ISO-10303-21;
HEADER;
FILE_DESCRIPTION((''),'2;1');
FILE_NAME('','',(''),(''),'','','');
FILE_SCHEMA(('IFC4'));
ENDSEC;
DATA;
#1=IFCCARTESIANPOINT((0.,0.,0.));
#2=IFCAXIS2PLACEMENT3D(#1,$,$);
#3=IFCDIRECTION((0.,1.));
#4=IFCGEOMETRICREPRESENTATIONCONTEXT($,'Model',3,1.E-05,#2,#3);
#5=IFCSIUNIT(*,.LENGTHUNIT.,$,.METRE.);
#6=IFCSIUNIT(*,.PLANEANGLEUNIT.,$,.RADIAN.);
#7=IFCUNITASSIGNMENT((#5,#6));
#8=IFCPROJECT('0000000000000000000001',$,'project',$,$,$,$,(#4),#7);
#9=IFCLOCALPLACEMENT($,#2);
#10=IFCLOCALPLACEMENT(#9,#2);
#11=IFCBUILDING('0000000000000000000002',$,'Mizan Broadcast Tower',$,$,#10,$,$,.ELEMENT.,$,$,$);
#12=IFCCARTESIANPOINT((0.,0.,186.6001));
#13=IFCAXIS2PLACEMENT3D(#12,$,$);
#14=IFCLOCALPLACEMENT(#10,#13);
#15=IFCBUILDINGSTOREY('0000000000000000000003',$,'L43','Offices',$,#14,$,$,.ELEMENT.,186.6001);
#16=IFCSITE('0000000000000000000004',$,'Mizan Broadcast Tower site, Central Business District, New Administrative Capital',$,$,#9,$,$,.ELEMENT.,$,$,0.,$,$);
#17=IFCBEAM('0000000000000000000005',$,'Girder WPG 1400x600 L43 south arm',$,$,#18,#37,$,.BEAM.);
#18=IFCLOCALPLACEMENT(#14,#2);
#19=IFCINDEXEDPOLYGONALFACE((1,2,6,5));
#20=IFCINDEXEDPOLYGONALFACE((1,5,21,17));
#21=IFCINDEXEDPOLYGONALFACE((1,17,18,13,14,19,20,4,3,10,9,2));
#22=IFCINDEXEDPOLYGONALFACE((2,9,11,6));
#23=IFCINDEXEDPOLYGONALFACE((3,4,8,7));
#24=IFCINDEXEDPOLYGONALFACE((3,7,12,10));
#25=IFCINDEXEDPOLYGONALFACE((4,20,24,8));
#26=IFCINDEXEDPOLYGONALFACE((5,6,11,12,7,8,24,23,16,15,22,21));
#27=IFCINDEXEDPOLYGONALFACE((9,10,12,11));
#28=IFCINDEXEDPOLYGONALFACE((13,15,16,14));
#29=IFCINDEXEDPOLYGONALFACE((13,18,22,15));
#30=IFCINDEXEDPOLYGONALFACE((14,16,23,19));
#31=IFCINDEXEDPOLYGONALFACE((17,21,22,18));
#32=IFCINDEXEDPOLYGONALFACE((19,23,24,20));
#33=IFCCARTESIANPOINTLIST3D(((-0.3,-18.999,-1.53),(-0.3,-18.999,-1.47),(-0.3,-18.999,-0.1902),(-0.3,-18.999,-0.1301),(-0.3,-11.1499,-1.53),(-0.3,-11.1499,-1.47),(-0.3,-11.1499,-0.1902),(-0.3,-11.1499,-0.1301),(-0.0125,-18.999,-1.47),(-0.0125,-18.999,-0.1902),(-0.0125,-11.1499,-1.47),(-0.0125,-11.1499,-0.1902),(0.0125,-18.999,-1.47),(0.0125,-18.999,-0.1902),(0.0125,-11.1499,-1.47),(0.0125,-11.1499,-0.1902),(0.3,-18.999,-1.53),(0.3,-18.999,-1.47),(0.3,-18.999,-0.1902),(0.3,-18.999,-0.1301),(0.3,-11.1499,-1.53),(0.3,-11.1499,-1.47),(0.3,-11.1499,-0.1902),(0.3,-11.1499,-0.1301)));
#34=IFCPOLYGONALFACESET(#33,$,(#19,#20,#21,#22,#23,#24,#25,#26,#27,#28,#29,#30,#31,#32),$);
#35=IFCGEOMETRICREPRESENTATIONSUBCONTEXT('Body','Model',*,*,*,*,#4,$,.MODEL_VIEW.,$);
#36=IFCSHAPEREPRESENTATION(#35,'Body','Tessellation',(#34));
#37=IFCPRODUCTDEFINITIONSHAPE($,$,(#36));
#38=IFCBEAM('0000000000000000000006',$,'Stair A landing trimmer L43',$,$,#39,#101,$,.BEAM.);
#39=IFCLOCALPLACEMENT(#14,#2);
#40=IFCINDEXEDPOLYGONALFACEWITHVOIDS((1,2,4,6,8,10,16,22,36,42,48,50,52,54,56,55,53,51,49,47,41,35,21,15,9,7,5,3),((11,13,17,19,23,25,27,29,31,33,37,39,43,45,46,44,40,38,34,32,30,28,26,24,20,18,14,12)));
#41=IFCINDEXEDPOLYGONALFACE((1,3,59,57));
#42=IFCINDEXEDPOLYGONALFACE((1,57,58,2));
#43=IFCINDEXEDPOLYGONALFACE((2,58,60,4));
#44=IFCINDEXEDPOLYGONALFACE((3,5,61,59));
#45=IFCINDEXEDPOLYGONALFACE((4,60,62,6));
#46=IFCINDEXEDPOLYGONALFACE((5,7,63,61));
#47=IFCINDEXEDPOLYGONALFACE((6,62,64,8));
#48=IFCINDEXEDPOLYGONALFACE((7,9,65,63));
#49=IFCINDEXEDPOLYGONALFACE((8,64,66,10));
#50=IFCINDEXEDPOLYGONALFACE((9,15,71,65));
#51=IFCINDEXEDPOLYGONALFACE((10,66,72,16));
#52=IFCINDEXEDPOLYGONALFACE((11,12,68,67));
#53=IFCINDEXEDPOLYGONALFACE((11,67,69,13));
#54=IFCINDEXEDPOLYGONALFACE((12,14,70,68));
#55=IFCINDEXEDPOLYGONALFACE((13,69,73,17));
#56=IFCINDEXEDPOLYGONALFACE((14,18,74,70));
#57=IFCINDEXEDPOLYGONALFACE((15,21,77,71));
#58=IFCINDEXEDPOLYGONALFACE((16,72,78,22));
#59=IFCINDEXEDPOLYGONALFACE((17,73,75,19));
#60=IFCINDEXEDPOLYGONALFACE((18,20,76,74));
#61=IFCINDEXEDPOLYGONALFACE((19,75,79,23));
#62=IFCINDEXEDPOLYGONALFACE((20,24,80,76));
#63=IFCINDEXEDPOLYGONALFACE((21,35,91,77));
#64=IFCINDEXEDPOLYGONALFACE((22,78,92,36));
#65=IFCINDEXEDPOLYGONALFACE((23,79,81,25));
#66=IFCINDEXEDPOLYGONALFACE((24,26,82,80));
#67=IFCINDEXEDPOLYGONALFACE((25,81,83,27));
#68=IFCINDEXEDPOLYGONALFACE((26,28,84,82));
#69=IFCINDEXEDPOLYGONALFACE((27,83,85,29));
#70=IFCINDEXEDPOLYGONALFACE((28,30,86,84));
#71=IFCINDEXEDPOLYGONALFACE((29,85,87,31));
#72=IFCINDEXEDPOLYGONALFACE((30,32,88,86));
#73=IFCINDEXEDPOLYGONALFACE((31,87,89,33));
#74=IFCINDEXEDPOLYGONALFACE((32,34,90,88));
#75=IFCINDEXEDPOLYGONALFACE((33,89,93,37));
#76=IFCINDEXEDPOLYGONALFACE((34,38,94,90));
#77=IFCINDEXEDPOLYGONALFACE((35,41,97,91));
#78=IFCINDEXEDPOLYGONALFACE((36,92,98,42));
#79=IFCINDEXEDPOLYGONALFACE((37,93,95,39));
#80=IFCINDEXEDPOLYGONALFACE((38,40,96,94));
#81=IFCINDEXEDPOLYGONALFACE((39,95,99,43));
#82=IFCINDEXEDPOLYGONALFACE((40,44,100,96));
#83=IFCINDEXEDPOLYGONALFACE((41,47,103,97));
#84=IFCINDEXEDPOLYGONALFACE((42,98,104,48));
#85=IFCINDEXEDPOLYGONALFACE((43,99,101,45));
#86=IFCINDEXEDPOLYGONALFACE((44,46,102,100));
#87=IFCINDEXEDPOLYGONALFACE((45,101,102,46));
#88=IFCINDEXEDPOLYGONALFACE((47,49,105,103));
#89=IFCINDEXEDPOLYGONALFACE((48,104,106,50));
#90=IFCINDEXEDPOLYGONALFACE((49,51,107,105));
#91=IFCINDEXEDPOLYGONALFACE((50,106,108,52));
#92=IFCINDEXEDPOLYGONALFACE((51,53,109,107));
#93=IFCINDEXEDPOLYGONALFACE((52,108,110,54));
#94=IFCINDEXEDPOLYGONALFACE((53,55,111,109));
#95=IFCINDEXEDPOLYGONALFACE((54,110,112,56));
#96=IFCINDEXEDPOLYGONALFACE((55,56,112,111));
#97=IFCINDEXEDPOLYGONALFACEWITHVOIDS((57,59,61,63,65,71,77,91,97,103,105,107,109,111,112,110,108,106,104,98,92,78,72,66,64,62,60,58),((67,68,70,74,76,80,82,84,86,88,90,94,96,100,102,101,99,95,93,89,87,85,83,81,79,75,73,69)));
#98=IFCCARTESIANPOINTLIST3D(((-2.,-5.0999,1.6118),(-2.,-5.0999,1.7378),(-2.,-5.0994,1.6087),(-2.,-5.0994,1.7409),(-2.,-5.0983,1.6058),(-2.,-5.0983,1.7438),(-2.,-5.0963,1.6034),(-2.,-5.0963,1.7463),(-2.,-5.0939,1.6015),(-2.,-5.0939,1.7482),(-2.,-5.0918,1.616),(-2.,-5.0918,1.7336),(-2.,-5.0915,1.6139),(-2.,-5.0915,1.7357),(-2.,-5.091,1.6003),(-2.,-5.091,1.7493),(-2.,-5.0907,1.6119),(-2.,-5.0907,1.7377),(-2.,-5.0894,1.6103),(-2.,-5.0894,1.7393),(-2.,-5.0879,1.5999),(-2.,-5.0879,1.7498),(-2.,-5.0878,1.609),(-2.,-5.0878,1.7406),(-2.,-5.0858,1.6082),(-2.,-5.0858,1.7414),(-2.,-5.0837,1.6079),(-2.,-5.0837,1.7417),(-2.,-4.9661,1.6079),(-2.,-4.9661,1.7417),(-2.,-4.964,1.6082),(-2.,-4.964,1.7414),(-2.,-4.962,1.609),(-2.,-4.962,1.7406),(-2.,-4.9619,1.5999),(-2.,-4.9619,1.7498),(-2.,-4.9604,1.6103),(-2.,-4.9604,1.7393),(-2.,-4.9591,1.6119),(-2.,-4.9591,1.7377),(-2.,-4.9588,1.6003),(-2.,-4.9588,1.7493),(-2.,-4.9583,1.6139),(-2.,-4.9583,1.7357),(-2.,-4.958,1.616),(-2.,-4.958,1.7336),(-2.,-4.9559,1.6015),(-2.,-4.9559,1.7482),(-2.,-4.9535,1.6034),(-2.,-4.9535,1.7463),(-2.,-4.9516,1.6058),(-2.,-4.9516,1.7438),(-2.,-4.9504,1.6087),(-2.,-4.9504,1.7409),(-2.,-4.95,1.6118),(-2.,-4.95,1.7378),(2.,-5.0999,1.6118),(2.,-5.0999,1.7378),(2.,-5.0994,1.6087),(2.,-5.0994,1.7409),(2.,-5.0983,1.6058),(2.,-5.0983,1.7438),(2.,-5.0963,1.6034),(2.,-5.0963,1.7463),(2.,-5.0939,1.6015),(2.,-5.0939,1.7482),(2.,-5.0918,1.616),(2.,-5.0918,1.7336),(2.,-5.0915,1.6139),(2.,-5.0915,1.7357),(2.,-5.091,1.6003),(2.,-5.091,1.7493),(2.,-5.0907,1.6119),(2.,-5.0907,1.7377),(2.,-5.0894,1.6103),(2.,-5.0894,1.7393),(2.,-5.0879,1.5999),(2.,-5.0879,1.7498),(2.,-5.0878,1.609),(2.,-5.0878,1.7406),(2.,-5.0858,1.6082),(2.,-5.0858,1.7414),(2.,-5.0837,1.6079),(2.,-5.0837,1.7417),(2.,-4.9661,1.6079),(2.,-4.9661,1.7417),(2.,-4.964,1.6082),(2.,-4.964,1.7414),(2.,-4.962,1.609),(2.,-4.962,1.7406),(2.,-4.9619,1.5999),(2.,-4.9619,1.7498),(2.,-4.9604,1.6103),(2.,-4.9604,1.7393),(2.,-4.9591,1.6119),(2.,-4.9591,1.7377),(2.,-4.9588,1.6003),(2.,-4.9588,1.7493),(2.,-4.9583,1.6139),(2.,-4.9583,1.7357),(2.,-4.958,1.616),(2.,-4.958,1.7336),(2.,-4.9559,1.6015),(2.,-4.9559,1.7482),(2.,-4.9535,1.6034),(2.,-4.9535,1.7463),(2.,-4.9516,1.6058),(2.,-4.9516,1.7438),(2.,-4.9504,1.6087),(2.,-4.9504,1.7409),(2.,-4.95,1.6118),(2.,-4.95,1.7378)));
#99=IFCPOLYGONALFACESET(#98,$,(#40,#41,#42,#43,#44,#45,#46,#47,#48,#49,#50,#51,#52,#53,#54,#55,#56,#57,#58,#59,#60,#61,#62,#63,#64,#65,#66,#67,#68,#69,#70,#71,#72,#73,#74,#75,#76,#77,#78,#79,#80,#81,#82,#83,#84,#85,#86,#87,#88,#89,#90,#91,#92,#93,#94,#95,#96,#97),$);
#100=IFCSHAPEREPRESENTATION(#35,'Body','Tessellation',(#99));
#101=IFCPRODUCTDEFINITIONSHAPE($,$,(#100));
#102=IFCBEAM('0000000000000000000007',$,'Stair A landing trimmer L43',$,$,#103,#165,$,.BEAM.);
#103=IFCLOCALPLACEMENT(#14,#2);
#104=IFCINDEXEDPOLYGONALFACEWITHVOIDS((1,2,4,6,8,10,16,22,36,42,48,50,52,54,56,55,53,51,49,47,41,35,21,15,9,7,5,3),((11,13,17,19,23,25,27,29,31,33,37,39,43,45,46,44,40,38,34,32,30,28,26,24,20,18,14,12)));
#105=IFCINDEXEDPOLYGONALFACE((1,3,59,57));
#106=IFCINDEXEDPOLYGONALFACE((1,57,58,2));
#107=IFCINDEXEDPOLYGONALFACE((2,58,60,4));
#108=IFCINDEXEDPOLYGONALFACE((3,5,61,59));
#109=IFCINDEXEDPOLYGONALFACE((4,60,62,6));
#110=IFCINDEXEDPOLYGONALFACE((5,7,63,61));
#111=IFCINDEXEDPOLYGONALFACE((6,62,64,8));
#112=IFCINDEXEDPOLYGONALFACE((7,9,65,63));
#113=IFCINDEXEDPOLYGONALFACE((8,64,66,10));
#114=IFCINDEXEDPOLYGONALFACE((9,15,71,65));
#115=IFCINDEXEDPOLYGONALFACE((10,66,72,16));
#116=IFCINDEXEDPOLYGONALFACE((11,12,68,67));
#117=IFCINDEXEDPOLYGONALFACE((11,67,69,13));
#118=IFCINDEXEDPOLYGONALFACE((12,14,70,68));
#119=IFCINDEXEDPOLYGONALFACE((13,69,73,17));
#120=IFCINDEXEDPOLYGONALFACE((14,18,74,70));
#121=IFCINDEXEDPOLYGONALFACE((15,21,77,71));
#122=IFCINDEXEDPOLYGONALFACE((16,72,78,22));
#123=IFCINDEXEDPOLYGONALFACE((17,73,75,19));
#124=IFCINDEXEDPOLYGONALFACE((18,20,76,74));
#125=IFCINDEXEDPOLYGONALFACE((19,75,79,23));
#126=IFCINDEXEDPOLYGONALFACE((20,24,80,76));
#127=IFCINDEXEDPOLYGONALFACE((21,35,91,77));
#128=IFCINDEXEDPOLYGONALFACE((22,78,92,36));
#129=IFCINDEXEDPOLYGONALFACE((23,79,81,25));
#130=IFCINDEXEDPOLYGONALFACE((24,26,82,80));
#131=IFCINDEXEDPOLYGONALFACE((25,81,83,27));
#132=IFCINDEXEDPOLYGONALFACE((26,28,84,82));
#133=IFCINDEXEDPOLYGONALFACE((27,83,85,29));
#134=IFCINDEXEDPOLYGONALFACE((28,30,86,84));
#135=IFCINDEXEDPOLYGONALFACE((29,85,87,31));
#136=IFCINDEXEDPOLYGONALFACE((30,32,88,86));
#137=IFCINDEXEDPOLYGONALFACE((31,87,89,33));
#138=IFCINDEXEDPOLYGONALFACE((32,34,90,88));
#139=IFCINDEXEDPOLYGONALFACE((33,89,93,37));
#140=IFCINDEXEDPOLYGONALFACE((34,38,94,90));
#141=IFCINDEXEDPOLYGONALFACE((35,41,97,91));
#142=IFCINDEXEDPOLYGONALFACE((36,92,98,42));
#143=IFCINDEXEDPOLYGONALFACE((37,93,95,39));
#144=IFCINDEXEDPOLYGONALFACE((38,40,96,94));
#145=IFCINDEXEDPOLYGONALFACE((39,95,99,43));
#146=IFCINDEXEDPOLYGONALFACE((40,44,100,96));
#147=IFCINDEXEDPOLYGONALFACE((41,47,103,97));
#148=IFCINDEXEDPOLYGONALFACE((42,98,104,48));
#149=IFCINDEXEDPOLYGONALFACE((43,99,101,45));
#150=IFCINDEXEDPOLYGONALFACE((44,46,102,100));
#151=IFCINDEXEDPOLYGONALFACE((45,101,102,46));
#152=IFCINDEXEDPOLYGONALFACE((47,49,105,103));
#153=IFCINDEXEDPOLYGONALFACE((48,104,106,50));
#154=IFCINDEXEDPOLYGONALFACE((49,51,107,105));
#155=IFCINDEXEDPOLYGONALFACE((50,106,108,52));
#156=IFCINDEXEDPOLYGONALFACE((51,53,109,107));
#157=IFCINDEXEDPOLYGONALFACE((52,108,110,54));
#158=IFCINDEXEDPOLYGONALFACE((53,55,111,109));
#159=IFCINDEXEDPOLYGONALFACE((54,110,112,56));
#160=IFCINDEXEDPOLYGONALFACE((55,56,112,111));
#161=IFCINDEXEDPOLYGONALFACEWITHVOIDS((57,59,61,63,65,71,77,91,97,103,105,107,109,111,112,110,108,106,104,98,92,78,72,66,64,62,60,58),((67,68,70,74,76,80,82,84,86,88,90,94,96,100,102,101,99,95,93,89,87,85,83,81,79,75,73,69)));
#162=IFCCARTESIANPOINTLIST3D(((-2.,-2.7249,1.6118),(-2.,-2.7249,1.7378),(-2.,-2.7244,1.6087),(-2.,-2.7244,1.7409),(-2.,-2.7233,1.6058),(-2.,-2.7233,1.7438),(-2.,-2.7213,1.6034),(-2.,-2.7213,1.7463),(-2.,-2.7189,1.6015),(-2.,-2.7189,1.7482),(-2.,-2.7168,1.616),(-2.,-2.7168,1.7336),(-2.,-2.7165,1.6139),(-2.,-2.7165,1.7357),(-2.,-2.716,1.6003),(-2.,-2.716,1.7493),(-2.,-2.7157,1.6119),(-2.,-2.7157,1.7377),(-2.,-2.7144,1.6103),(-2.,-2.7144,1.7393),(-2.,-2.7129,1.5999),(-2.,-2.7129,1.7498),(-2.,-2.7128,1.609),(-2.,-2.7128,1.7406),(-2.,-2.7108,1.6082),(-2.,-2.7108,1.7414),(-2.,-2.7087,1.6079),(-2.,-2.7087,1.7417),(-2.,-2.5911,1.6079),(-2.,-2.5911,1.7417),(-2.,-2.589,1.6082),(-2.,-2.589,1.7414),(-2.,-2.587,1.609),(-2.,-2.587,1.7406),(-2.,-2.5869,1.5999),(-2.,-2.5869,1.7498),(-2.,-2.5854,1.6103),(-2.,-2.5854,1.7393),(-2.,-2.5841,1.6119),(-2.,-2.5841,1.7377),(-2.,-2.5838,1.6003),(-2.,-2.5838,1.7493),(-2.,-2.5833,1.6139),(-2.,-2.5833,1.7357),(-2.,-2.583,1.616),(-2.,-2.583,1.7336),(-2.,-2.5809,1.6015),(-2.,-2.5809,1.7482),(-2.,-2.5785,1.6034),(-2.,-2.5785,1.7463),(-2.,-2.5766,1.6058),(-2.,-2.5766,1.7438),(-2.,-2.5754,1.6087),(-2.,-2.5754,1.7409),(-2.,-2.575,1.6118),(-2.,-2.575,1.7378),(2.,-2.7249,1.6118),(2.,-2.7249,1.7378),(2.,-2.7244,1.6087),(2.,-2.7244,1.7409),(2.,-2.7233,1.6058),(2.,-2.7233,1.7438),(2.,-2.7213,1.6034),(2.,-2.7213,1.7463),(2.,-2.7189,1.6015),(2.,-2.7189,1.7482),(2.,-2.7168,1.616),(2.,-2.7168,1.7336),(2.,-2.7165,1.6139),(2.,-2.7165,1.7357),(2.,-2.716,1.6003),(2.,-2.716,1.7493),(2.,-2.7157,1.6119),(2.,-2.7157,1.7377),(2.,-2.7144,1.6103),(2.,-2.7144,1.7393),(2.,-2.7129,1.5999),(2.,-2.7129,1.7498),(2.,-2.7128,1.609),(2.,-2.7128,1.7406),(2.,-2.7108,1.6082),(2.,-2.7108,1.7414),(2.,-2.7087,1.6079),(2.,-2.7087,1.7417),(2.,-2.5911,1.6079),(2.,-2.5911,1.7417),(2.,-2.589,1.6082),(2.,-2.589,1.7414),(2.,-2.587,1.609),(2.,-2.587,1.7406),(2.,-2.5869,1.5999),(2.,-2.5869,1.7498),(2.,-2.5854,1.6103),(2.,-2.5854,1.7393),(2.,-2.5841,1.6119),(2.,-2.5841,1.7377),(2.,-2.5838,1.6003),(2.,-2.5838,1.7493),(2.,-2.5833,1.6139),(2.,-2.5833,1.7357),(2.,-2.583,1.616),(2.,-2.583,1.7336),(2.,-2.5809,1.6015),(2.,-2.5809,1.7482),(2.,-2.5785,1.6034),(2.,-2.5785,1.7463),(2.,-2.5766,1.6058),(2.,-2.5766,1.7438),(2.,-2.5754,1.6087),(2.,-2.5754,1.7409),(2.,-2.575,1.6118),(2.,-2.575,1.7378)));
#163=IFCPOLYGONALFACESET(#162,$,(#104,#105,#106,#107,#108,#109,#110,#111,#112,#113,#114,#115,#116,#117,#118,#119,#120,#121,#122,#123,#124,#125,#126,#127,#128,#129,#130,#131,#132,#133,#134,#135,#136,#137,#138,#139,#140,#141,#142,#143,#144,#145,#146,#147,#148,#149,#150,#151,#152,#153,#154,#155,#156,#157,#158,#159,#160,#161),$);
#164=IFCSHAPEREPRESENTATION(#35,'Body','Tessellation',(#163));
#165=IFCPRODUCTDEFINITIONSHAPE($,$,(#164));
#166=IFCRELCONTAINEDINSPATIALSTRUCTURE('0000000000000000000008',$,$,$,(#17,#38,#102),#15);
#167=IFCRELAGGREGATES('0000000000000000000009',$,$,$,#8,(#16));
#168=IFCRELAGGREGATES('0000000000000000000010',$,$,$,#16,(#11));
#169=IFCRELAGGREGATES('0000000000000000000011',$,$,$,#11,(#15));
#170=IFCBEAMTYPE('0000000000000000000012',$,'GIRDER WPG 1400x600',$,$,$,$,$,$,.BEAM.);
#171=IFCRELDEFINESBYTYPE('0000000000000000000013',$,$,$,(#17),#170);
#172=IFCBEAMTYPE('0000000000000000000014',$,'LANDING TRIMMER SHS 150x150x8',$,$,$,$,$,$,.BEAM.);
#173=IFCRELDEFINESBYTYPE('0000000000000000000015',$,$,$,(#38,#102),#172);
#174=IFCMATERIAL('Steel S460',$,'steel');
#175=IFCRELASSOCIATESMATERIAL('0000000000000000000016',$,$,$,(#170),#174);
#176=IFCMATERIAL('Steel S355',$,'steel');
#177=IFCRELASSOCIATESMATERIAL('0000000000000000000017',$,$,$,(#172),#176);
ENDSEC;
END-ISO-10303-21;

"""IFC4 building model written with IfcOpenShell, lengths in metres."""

from ifc_helpers import new_model, si_unit, direction, frame, origin, origin_2d, place, context, subcontext, project, spatial, hollow_rectangle, i_section, extrude, material, material_profile, profile_set, type_object, element, save


model = new_model("IFC4")

# Units and contexts
model_context = context("Model", 3, precision=1e-05, world=origin(), true_north=direction((0.0, 1.0)))
body_context = subcontext(model_context, "Body", "Model", "MODEL_VIEW")
ifc_project = project(units=[si_unit("LENGTHUNIT", "METRE"), si_unit("PLANEANGLEUNIT", "RADIAN")], contexts=[model_context])

# Site, building, storey
site_placement = place(None, origin())
site = spatial("IfcSite", under=ifc_project, at=site_placement, Name="Mizan Broadcast Tower site, Central Business District, New Administrative Capital", CompositionType="ELEMENT", RefElevation=0.0)
building_placement = place(site_placement, origin())
building = spatial("IfcBuilding", under=site, at=building_placement, Name="Mizan Broadcast Tower", CompositionType="ELEMENT")
storey_placement = place(building_placement, frame((0.0, 0.0, 186.6001)))
storey = spatial("IfcBuildingStorey", under=building, at=storey_placement, Name="L43", Description="Offices", CompositionType="ELEMENT", Elevation=186.6001)

# Beams
ifc_material_1 = material(Name="Steel S460", Category="steel")
ifc_material_profile_1 = material_profile(ifc_material_1, i_section(OverallWidth=0.6001, OverallDepth=1.3999, WebThickness=0.0249, FlangeThickness=0.0601, at=origin_2d()), Name="WPG 1400x600")
ifc_profile_set_1 = profile_set([ifc_material_profile_1], Name="Steel S460")
beam_type_1 = type_object("IfcBeamType", Name="GIRDER WPG 1400x600", PredefinedType="BEAM", material=ifc_profile_set_1)
beam_1_placement = place(storey_placement, frame((0.0, -11.1499, -0.8301), z_axis=(0.0, -1.0, 0.0), x_axis=(1.0, 0.0, 0.0)))
element("IfcBeam", 1, at=beam_1_placement, inside=storey, type_object=beam_type_1, Name="Girder WPG 1400x600 L43 south arm", PredefinedType="BEAM", context=body_context, shape_type="SweptSolid", body=[
    extrude(i_section(OverallWidth=0.6001, OverallDepth=1.3999, WebThickness=0.0249, FlangeThickness=0.0601, at=origin_2d()), origin(), (0.0, 0.0, 1.0), 7.8491),
])
ifc_material_2 = material(Name="Steel S355", Category="steel")
ifc_material_profile_2 = material_profile(ifc_material_2, hollow_rectangle(XDim=0.1499, YDim=0.1499, WallThickness=0.0081, InnerFilletRadius=0.0081, OuterFilletRadius=0.012, at=origin_2d()), Name="SHS 150x150x8")
ifc_profile_set_2 = profile_set([ifc_material_profile_2], Name="Steel S355")
beam_type_2 = type_object("IfcBeamType", Name="LANDING TRIMMER SHS 150x150x8", PredefinedType="BEAM", material=ifc_profile_set_2)
for number, where, z_axis, x_axis, name in (
    (2, (-2.0, -5.0249, 1.6748), (1.0, 0.0, 0.0), (0.0, 1.0, 0.0), "Stair A landing trimmer L43"),
    (3, (-2.0, -2.6499, 1.6748), (1.0, 0.0, 0.0), (0.0, 1.0, 0.0), "Stair A landing trimmer L43"),
):
    element("IfcBeam", number, at=place(storey_placement, frame(where, z_axis=z_axis, x_axis=x_axis)), inside=storey, type_object=beam_type_2, Name=name, PredefinedType="BEAM", context=body_context, shape_type="SweptSolid", body=[
        extrude(hollow_rectangle(XDim=0.1499, YDim=0.1499, WallThickness=0.0081, InnerFilletRadius=0.0081, OuterFilletRadius=0.012, at=origin_2d()), origin(), (0.0, 0.0, 1.0), 4.0),
    ])

save(model, "model.ifc")
